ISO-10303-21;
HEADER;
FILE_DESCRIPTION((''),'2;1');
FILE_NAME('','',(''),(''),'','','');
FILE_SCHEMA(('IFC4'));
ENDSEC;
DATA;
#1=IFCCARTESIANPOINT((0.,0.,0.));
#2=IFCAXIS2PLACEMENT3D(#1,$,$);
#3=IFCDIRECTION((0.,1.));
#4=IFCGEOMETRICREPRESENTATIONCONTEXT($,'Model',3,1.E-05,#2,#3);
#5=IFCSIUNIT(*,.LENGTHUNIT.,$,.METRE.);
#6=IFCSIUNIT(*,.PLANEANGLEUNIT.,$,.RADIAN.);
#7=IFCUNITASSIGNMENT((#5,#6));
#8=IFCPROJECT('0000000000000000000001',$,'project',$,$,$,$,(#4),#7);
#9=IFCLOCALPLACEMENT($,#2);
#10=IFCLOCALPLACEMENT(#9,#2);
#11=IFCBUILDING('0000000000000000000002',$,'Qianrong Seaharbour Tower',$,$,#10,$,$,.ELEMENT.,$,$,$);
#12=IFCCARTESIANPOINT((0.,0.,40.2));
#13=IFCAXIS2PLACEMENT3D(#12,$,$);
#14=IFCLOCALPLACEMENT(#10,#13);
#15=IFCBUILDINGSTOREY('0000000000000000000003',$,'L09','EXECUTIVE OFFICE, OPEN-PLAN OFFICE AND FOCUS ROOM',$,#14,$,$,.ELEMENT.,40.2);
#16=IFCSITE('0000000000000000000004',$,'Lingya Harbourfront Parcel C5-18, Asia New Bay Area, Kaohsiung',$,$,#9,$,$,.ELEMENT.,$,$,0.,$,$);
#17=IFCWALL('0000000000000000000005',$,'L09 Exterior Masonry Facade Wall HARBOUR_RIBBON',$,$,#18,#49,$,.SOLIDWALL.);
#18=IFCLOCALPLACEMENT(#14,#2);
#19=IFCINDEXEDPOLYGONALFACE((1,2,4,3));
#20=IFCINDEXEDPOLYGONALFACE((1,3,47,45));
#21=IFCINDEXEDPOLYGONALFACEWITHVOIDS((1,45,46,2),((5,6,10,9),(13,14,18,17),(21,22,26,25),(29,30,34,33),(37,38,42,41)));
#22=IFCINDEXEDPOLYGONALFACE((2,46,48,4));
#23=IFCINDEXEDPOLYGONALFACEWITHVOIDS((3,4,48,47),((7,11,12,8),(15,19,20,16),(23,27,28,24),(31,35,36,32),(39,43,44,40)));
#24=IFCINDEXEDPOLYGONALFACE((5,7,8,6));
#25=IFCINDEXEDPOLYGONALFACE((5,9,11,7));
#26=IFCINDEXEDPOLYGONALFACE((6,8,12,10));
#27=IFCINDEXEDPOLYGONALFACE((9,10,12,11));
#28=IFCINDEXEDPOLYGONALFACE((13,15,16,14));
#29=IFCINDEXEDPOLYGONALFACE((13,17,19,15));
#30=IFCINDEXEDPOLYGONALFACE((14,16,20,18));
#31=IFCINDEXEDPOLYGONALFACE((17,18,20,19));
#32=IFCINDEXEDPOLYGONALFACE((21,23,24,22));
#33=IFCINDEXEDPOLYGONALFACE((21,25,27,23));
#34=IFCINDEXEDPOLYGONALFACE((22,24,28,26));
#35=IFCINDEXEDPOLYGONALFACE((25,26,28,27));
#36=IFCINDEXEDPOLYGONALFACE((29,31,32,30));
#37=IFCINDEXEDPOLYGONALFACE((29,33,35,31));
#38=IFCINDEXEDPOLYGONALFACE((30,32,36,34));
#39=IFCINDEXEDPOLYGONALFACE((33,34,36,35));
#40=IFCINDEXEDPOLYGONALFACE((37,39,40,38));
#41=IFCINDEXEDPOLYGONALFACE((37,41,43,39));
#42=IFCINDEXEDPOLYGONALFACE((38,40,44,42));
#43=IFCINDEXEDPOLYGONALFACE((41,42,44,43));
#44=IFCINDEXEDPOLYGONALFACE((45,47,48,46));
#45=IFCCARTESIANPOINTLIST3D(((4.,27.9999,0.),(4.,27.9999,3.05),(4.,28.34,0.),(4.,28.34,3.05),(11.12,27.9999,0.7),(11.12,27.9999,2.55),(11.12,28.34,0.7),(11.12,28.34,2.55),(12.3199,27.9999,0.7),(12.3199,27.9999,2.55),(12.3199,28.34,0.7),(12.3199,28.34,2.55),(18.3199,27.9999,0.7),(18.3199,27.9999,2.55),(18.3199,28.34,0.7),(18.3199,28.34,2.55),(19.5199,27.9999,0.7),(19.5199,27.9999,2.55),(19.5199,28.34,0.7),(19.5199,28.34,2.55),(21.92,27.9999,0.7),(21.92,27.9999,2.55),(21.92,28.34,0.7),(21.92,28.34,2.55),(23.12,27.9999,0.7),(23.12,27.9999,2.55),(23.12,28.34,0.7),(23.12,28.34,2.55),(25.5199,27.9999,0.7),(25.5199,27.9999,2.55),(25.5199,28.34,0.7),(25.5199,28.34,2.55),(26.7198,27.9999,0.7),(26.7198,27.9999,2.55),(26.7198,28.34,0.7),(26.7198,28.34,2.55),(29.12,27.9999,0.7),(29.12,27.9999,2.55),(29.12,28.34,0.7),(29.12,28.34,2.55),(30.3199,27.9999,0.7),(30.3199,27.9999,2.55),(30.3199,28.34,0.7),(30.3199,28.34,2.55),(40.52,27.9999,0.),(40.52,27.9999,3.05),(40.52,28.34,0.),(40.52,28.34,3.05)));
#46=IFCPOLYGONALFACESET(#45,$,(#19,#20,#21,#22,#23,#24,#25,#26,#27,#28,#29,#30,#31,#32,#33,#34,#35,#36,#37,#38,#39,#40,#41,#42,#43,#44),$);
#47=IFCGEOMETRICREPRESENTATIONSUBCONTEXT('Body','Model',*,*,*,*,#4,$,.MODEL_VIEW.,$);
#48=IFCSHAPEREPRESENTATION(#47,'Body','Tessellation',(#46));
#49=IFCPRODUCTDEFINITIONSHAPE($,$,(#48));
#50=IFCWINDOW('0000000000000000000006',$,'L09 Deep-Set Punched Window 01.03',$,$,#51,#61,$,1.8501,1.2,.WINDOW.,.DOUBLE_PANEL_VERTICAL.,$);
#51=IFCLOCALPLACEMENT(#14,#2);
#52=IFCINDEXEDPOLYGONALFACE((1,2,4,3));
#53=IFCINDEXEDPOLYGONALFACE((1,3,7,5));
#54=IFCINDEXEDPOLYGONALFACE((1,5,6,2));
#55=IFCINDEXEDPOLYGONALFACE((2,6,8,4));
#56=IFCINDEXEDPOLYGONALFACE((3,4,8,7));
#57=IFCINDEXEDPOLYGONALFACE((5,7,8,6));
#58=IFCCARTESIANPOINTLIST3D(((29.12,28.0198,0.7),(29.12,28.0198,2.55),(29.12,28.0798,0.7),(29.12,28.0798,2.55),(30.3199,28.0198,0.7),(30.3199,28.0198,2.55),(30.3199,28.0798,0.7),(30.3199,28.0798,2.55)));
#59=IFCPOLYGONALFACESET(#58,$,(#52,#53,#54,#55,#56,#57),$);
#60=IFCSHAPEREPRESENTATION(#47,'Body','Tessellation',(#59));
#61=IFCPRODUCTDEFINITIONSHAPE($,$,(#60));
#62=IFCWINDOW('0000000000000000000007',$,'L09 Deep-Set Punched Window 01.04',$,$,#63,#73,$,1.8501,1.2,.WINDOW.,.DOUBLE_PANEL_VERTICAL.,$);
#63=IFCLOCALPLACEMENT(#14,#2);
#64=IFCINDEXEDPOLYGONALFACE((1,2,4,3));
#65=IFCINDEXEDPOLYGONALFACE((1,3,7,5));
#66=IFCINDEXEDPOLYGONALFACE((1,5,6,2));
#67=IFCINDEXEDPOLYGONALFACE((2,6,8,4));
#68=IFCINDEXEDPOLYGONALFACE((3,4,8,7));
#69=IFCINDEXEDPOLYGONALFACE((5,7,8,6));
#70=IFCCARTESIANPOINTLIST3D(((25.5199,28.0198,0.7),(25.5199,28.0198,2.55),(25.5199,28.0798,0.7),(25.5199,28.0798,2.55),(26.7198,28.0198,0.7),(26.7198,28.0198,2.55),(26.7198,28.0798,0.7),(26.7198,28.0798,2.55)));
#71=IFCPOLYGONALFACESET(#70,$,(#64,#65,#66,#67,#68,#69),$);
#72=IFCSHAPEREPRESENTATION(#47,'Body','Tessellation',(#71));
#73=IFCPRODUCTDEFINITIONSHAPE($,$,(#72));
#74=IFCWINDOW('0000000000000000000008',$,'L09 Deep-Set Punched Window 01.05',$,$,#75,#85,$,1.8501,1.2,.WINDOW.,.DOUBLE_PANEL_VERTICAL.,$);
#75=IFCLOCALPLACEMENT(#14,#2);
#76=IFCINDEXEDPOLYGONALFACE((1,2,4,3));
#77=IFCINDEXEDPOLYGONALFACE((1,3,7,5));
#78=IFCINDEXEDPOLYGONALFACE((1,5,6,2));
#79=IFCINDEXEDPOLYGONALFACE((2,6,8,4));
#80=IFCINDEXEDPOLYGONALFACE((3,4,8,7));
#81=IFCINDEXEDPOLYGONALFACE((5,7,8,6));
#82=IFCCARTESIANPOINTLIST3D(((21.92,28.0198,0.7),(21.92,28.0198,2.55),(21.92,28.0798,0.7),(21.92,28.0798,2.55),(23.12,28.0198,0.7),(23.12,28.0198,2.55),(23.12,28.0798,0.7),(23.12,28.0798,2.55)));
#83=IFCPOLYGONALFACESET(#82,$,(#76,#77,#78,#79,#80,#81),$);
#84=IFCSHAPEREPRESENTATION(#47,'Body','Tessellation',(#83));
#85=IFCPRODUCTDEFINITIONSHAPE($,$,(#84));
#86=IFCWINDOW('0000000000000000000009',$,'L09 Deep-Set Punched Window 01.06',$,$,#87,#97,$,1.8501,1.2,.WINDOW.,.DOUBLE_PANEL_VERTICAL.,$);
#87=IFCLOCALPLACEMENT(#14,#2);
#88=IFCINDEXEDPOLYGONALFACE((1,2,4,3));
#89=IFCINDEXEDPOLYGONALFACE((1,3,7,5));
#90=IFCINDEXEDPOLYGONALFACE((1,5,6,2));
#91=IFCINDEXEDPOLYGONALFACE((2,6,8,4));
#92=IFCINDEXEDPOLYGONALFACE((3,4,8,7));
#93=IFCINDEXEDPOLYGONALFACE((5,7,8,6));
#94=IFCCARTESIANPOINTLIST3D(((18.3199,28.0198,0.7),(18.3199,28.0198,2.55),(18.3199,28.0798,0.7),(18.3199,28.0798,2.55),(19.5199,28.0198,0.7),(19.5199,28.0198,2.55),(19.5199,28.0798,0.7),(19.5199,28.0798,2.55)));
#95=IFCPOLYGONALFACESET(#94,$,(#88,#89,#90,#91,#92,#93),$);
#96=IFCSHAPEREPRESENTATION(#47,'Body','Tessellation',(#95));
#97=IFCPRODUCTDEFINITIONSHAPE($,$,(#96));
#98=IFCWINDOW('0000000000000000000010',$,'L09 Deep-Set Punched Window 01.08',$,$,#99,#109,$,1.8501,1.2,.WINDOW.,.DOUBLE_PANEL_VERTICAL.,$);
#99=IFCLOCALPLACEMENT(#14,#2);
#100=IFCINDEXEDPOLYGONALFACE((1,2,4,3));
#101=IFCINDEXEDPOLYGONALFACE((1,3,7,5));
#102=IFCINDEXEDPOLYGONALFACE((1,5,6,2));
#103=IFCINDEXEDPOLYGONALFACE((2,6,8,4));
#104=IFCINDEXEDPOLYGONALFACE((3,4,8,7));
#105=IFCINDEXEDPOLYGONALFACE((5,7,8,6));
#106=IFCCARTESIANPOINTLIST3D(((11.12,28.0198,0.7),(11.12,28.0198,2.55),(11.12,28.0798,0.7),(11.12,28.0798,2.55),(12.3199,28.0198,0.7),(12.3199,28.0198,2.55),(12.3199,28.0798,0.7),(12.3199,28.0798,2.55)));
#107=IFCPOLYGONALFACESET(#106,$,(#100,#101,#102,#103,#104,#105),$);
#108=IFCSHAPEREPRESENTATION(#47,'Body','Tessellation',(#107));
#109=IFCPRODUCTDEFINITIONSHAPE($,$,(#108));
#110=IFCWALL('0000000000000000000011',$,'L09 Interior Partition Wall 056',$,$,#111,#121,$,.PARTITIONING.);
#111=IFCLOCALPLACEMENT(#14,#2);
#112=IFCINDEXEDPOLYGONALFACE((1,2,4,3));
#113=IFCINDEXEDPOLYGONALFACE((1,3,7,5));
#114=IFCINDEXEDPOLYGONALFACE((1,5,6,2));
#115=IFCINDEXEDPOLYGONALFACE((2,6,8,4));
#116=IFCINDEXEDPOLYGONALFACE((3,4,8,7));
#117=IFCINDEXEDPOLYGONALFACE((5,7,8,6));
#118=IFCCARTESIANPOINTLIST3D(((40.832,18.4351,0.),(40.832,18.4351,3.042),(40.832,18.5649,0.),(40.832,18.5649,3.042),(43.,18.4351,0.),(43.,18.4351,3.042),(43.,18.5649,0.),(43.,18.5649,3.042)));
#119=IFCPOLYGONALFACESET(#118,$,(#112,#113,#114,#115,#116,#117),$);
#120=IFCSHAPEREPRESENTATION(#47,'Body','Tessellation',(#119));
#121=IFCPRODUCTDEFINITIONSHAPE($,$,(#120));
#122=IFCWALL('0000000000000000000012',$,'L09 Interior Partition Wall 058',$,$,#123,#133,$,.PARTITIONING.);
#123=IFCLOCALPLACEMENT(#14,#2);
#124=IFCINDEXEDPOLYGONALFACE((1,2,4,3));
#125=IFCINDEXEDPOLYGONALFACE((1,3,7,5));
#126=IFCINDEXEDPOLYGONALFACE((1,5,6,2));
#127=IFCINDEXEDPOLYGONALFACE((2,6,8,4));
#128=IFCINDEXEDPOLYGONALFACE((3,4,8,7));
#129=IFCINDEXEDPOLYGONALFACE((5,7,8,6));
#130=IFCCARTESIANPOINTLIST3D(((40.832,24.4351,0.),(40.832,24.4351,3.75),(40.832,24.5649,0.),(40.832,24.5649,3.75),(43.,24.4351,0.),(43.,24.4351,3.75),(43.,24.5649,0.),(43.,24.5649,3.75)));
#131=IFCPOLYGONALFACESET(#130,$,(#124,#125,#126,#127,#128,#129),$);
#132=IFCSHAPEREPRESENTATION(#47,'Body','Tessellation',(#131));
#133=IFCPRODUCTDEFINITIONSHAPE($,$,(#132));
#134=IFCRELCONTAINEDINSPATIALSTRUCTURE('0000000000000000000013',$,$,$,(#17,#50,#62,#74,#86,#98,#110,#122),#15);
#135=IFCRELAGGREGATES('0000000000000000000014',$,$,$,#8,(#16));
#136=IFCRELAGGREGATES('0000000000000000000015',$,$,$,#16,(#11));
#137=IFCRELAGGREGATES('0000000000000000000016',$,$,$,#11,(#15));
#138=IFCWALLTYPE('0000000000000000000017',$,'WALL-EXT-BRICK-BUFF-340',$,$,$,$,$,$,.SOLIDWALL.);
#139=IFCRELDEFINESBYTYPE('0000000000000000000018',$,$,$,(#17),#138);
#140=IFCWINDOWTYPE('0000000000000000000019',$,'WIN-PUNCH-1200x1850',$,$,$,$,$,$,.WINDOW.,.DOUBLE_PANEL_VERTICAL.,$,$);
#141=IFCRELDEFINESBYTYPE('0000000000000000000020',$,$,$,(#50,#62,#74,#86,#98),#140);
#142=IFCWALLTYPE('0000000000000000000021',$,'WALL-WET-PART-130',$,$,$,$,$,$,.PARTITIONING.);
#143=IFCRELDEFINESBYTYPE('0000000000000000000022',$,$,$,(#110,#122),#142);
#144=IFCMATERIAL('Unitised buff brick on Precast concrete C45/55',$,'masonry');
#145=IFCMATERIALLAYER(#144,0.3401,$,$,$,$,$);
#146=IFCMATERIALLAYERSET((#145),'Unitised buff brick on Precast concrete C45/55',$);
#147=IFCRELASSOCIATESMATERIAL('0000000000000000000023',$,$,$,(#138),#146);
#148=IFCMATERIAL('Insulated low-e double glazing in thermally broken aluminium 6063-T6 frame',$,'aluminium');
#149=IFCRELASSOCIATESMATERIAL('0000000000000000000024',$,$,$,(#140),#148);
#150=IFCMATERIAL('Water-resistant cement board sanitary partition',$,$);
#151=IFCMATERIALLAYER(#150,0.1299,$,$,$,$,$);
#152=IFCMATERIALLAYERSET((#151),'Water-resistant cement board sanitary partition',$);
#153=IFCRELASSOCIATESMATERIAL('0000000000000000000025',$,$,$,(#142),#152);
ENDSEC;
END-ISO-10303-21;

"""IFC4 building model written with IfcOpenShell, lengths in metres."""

from ifc_helpers import new_model, si_unit, direction, frame, frame_2d, origin, place, context, subcontext, project, spatial, rectangle, extrude, material, layer, layer_set, type_object, element, fill, save


model = new_model("IFC4")

# Units and contexts
model_context = context("Model", 3, precision=1e-05, world=origin(), true_north=direction((0.0, 1.0)))
body_context = subcontext(model_context, "Body", "Model", "MODEL_VIEW")
ifc_project = project(units=[si_unit("LENGTHUNIT", "METRE"), si_unit("PLANEANGLEUNIT", "RADIAN")], contexts=[model_context])

# Site, building, storey
site_placement = place(None, origin())
site = spatial("IfcSite", under=ifc_project, at=site_placement, Name="Lingya Harbourfront Parcel C5-18, Asia New Bay Area, Kaohsiung", CompositionType="ELEMENT", RefElevation=0.0)
building_placement = place(site_placement, origin())
building = spatial("IfcBuilding", under=site, at=building_placement, Name="Qianrong Seaharbour Tower", CompositionType="ELEMENT")
storey_placement = place(building_placement, frame((0.0, 0.0, 40.2)))
storey = spatial("IfcBuildingStorey", under=building, at=storey_placement, Name="L09", Description="EXECUTIVE OFFICE, OPEN-PLAN OFFICE AND FOCUS ROOM", CompositionType="ELEMENT", Elevation=40.2)

# Wall, openings, windows
ifc_material_1 = material(Name="Unitised buff brick on Precast concrete C45/55", Category="masonry")
ifc_layer_1 = layer(ifc_material_1, 0.3401)
ifc_layer_set_1 = layer_set([ifc_layer_1], Name="Unitised buff brick on Precast concrete C45/55")
wall_type_1 = type_object("IfcWallType", Name="WALL-EXT-BRICK-BUFF-340", PredefinedType="SOLIDWALL", material=ifc_layer_set_1)
ifc_material_2 = material(Name="Insulated low-e double glazing in thermally broken aluminium 6063-T6 frame", Category="aluminium")
window_type = type_object("IfcWindowType", Name="WIN-PUNCH-1200x1850", PartitioningType="DOUBLE_PANEL_VERTICAL", PredefinedType="WINDOW", material=ifc_material_2)
wall_1_placement = place(storey_placement, frame((40.52, 28.1699, 0.0), z_axis=(0.0, 0.0, 1.0), x_axis=(-1.0, 0.0, 0.0)))
wall_1 = element("IfcWall", 1, at=wall_1_placement, inside=storey, type_object=wall_type_1, Name="L09 Exterior Masonry Facade Wall HARBOUR_RIBBON", PredefinedType="SOLIDWALL", context=body_context, shape_type="SweptSolid", body=[
    extrude(rectangle(XDim=36.52, YDim=0.3401, at=frame_2d((18.26, 0.0))), origin(), (0.0, 0.0, 1.0), 3.05),
])
opening_1_placement = place(wall_1_placement, frame((10.2, 0.0, 0.7)))
opening_1 = element("IfcOpeningElement", 2, at=opening_1_placement, cuts=wall_1, PredefinedType="OPENING", context=body_context, shape_type="SweptSolid", body=[
    extrude(rectangle(XDim=1.2, YDim=1.8501, at=frame_2d((0.6001, 0.925))), frame((0.0, 0.1802, 0.0), z_axis=(0.0, -1.0, 0.0), x_axis=(1.0, 0.0, 0.0)), (0.0, 0.0, 1.0), 0.3601),
])
opening_2_placement = place(wall_1_placement, frame((13.8, 0.0, 0.7)))
opening_2 = element("IfcOpeningElement", 3, at=opening_2_placement, cuts=wall_1, PredefinedType="OPENING", context=body_context, shape_type="SweptSolid", body=[
    extrude(rectangle(XDim=1.2, YDim=1.8501, at=frame_2d((0.6001, 0.925))), frame((0.0, 0.1802, 0.0), z_axis=(0.0, -1.0, 0.0), x_axis=(1.0, 0.0, 0.0)), (0.0, 0.0, 1.0), 0.3601),
])
opening_3_placement = place(wall_1_placement, frame((17.3999, 0.0, 0.7)))
opening_3 = element("IfcOpeningElement", 4, at=opening_3_placement, cuts=wall_1, PredefinedType="OPENING", context=body_context, shape_type="SweptSolid", body=[
    extrude(rectangle(XDim=1.2, YDim=1.8501, at=frame_2d((0.6001, 0.925))), frame((0.0, 0.1802, 0.0), z_axis=(0.0, -1.0, 0.0), x_axis=(1.0, 0.0, 0.0)), (0.0, 0.0, 1.0), 0.3601),
])
opening_4_placement = place(wall_1_placement, frame((21.0, 0.0, 0.7)))
opening_4 = element("IfcOpeningElement", 5, at=opening_4_placement, cuts=wall_1, PredefinedType="OPENING", context=body_context, shape_type="SweptSolid", body=[
    extrude(rectangle(XDim=1.2, YDim=1.8501, at=frame_2d((0.6001, 0.925))), frame((0.0, 0.1802, 0.0), z_axis=(0.0, -1.0, 0.0), x_axis=(1.0, 0.0, 0.0)), (0.0, 0.0, 1.0), 0.3601),
])
opening_5_placement = place(wall_1_placement, frame((28.2, 0.0, 0.7)))
opening_5 = element("IfcOpeningElement", 6, at=opening_5_placement, cuts=wall_1, PredefinedType="OPENING", context=body_context, shape_type="SweptSolid", body=[
    extrude(rectangle(XDim=1.2, YDim=1.8501, at=frame_2d((0.6001, 0.925))), frame((0.0, 0.1802, 0.0), z_axis=(0.0, -1.0, 0.0), x_axis=(1.0, 0.0, 0.0)), (0.0, 0.0, 1.0), 0.3601),
])
window_1_placement = place(opening_1_placement, origin())
window_1 = element("IfcWindow", 7, at=window_1_placement, inside=storey, type_object=window_type, Name="L09 Deep-Set Punched Window 01.03", OverallHeight=1.8501, OverallWidth=1.2, PartitioningType="DOUBLE_PANEL_VERTICAL", PredefinedType="WINDOW", context=body_context, shape_type="SweptSolid", body=[
    extrude(rectangle(XDim=1.2, YDim=1.8501, at=frame_2d((0.6001, 0.925))), frame((0.0, 0.1501, 0.0), z_axis=(0.0, -1.0, 0.0), x_axis=(1.0, 0.0, 0.0)), (0.0, 0.0, 1.0), 0.0601),
])
fill(opening_1, window_1)
window_2_placement = place(opening_2_placement, origin())
window_2 = element("IfcWindow", 8, at=window_2_placement, inside=storey, type_object=window_type, Name="L09 Deep-Set Punched Window 01.04", OverallHeight=1.8501, OverallWidth=1.2, PartitioningType="DOUBLE_PANEL_VERTICAL", PredefinedType="WINDOW", context=body_context, shape_type="SweptSolid", body=[
    extrude(rectangle(XDim=1.2, YDim=1.8501, at=frame_2d((0.6001, 0.925))), frame((0.0, 0.1501, 0.0), z_axis=(0.0, -1.0, 0.0), x_axis=(1.0, 0.0, 0.0)), (0.0, 0.0, 1.0), 0.0601),
])
fill(opening_2, window_2)
window_3_placement = place(opening_3_placement, origin())
window_3 = element("IfcWindow", 9, at=window_3_placement, inside=storey, type_object=window_type, Name="L09 Deep-Set Punched Window 01.05", OverallHeight=1.8501, OverallWidth=1.2, PartitioningType="DOUBLE_PANEL_VERTICAL", PredefinedType="WINDOW", context=body_context, shape_type="SweptSolid", body=[
    extrude(rectangle(XDim=1.2, YDim=1.8501, at=frame_2d((0.6001, 0.925))), frame((0.0, 0.1501, 0.0), z_axis=(0.0, -1.0, 0.0), x_axis=(1.0, 0.0, 0.0)), (0.0, 0.0, 1.0), 0.0601),
])
fill(opening_3, window_3)
window_4_placement = place(opening_4_placement, origin())
window_4 = element("IfcWindow", 10, at=window_4_placement, inside=storey, type_object=window_type, Name="L09 Deep-Set Punched Window 01.06", OverallHeight=1.8501, OverallWidth=1.2, PartitioningType="DOUBLE_PANEL_VERTICAL", PredefinedType="WINDOW", context=body_context, shape_type="SweptSolid", body=[
    extrude(rectangle(XDim=1.2, YDim=1.8501, at=frame_2d((0.6001, 0.925))), frame((0.0, 0.1501, 0.0), z_axis=(0.0, -1.0, 0.0), x_axis=(1.0, 0.0, 0.0)), (0.0, 0.0, 1.0), 0.0601),
])
fill(opening_4, window_4)
window_5_placement = place(opening_5_placement, origin())
window_5 = element("IfcWindow", 11, at=window_5_placement, inside=storey, type_object=window_type, Name="L09 Deep-Set Punched Window 01.08", OverallHeight=1.8501, OverallWidth=1.2, PartitioningType="DOUBLE_PANEL_VERTICAL", PredefinedType="WINDOW", context=body_context, shape_type="SweptSolid", body=[
    extrude(rectangle(XDim=1.2, YDim=1.8501, at=frame_2d((0.6001, 0.925))), frame((0.0, 0.1501, 0.0), z_axis=(0.0, -1.0, 0.0), x_axis=(1.0, 0.0, 0.0)), (0.0, 0.0, 1.0), 0.0601),
])
fill(opening_5, window_5)

# Walls
ifc_material_3 = material(Name="Water-resistant cement board sanitary partition")
ifc_layer_2 = layer(ifc_material_3, 0.1299)
ifc_layer_set_2 = layer_set([ifc_layer_2], Name="Water-resistant cement board sanitary partition")
wall_type_2 = type_object("IfcWallType", Name="WALL-WET-PART-130", PredefinedType="PARTITIONING", material=ifc_layer_set_2)
wall_2_placement = place(storey_placement, frame((40.832, 18.5, 0.0), z_axis=(0.0, 0.0, 1.0), x_axis=(1.0, 0.0, 0.0)))
element("IfcWall", 12, at=wall_2_placement, inside=storey, type_object=wall_type_2, Name="L09 Interior Partition Wall 056", PredefinedType="PARTITIONING", context=body_context, shape_type="SweptSolid", body=[
    extrude(rectangle(XDim=2.168, YDim=0.1299, at=frame_2d((1.084, 0.0))), origin(), (0.0, 0.0, 1.0), 3.042),
])
wall_3_placement = place(storey_placement, frame((40.832, 24.5, 0.0), z_axis=(0.0, 0.0, 1.0), x_axis=(1.0, 0.0, 0.0)))
element("IfcWall", 13, at=wall_3_placement, inside=storey, type_object=wall_type_2, Name="L09 Interior Partition Wall 058", PredefinedType="PARTITIONING", context=body_context, shape_type="SweptSolid", body=[
    extrude(rectangle(XDim=2.168, YDim=0.1299, at=frame_2d((1.084, 0.0))), origin(), (0.0, 0.0, 1.0), 3.75),
])

save(model, "model.ifc")
